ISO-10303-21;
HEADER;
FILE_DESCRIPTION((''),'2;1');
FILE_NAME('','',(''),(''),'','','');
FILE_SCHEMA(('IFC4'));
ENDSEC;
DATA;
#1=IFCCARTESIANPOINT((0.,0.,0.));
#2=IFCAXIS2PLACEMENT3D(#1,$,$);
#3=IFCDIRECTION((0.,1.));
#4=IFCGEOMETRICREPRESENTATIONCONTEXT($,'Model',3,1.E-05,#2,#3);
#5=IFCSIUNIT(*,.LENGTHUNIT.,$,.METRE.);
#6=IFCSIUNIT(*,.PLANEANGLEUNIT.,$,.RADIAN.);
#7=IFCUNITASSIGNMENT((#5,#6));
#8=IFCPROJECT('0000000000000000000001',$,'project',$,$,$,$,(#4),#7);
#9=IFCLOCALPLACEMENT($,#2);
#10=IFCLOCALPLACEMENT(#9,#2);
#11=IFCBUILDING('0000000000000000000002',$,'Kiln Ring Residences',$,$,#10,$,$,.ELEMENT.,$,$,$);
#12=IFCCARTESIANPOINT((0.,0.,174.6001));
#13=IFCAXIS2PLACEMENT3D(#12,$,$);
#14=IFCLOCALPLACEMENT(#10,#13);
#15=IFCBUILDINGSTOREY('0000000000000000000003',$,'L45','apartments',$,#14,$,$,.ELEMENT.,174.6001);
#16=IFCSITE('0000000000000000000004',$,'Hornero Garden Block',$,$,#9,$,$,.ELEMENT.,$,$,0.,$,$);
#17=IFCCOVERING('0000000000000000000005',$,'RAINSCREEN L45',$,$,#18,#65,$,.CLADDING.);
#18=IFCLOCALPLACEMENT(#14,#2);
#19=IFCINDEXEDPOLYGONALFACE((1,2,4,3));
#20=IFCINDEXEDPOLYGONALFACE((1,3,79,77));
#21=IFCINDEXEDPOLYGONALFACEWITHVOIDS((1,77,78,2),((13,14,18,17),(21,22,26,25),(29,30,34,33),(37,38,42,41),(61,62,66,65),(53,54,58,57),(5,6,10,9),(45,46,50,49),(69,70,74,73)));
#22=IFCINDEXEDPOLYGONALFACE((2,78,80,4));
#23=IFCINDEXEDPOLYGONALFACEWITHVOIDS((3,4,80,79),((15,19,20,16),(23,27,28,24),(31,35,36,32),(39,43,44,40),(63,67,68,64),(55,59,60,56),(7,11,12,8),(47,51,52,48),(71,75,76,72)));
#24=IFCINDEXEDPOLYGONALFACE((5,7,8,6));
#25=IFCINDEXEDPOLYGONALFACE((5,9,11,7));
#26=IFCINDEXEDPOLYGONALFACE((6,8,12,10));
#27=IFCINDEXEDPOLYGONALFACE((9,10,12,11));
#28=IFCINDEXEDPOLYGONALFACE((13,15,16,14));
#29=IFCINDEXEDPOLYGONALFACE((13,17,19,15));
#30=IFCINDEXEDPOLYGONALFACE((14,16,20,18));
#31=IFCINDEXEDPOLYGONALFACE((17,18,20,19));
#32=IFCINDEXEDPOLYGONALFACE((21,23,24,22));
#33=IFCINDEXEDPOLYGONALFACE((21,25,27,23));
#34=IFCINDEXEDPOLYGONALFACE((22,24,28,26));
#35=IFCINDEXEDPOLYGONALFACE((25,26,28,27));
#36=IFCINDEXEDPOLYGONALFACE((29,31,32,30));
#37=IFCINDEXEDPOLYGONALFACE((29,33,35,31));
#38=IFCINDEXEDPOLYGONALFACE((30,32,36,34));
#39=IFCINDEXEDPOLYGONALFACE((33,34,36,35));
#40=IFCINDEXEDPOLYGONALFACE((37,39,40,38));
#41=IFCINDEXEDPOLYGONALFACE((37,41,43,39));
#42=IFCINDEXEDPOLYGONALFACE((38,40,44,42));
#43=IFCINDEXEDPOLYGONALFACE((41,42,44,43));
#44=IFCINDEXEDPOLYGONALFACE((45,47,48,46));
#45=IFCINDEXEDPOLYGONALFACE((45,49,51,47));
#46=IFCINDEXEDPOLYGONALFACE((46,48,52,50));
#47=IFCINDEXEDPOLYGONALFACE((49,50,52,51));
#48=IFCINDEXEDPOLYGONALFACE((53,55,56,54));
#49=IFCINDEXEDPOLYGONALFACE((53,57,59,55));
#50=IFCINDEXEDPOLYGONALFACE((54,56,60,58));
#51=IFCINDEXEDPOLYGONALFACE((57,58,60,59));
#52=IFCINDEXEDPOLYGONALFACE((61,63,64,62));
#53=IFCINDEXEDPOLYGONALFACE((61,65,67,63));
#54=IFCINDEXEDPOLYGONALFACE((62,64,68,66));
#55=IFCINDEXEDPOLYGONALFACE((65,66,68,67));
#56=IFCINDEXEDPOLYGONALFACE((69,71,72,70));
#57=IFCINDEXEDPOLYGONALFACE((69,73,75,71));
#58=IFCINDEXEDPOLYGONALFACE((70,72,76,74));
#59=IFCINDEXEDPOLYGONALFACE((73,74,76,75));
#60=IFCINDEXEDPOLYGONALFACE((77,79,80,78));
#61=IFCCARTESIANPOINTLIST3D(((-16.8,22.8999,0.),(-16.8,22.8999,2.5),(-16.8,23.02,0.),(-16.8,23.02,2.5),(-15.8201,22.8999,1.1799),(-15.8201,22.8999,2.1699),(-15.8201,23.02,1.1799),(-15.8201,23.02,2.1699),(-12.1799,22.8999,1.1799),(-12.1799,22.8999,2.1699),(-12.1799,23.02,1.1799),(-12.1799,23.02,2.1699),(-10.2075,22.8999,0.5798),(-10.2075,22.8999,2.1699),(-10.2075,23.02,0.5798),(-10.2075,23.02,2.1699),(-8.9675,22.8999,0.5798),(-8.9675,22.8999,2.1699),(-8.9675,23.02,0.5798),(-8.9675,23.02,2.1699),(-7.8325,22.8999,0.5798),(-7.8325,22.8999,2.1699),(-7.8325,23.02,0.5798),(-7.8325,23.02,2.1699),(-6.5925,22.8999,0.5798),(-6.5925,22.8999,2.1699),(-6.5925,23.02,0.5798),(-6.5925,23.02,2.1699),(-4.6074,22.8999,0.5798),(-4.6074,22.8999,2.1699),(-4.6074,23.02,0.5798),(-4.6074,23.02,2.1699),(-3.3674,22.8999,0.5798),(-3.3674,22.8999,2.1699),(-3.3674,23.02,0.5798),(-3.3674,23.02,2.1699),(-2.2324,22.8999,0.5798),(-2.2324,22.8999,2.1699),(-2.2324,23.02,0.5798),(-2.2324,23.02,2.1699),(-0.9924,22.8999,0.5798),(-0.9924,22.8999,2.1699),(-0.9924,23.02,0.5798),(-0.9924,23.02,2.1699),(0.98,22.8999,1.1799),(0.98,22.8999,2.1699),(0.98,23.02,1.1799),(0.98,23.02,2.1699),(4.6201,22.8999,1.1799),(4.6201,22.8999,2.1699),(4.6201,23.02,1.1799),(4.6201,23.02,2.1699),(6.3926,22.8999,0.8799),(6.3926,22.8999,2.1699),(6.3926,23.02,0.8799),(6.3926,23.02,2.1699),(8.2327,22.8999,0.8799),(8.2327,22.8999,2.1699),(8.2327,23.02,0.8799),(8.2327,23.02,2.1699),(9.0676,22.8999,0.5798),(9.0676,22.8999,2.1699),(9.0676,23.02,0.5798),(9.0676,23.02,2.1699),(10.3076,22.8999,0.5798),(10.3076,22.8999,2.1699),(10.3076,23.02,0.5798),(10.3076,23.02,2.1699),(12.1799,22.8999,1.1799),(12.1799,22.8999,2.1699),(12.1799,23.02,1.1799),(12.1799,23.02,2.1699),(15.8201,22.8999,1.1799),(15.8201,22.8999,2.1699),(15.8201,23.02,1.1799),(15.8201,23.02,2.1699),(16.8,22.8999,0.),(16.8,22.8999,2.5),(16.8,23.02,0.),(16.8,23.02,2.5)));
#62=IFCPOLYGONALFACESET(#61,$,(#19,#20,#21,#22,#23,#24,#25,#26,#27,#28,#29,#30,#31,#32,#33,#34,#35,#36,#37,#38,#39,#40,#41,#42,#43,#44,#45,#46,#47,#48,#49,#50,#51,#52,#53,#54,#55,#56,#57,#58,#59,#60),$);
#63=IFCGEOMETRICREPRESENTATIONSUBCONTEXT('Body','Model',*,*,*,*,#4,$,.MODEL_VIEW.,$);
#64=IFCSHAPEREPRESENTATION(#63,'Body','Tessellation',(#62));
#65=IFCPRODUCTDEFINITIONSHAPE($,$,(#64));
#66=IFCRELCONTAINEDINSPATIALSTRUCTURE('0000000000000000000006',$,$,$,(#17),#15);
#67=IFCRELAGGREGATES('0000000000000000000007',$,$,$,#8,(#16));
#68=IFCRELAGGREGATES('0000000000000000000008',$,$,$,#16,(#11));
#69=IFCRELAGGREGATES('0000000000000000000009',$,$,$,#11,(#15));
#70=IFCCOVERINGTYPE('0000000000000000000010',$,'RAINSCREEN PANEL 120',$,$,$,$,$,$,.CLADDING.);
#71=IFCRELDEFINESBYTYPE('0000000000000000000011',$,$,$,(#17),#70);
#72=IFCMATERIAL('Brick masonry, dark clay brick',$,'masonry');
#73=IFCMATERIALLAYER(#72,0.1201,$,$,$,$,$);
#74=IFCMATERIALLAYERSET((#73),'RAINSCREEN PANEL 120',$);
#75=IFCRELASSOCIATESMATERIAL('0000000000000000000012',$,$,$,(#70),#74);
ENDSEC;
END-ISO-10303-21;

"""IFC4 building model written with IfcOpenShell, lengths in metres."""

from ifc_helpers import new_model, si_unit, direction, frame, origin, place, context, subcontext, project, spatial, polyline, outline, extrude, material, layer, layer_set, type_object, element, save


model = new_model("IFC4")

# Units and contexts
model_context = context("Model", 3, precision=1e-05, world=origin(), true_north=direction((0.0, 1.0)))
body_context = subcontext(model_context, "Body", "Model", "MODEL_VIEW")
ifc_project = project(units=[si_unit("LENGTHUNIT", "METRE"), si_unit("PLANEANGLEUNIT", "RADIAN")], contexts=[model_context])

# Site, building, storey
site_placement = place(None, origin())
site = spatial("IfcSite", under=ifc_project, at=site_placement, Name="Hornero Garden Block", CompositionType="ELEMENT", RefElevation=0.0)
building_placement = place(site_placement, origin())
building = spatial("IfcBuilding", under=site, at=building_placement, Name="Kiln Ring Residences", CompositionType="ELEMENT")
storey_placement = place(building_placement, frame((0.0, 0.0, 174.6001)))
storey = spatial("IfcBuildingStorey", under=building, at=storey_placement, Name="L45", Description="apartments", CompositionType="ELEMENT", Elevation=174.6001)

# Covering
ifc_material_1 = material(Name="Brick masonry, dark clay brick", Category="masonry")
ifc_layer_1 = layer(ifc_material_1, 0.1201)
ifc_layer_set_1 = layer_set([ifc_layer_1], Name="RAINSCREEN PANEL 120")
covering_type = type_object("IfcCoveringType", Name="RAINSCREEN PANEL 120", PredefinedType="CLADDING", material=ifc_layer_set_1)
covering_placement = place(storey_placement, frame((16.8, 22.96, 0.0), z_axis=(0.0, 0.0, 1.0), x_axis=(-1.0, 0.0, 0.0)))
element("IfcCovering", 1, at=covering_placement, inside=storey, type_object=covering_type, Name="RAINSCREEN L45", PredefinedType="CLADDING", context=body_context, shape_type="SweptSolid", body=[
    extrude(outline(polyline([(0.0, 0.0), (33.6001, 0.0), (33.6001, 2.5), (0.0, 2.5), (0.0, 0.0)]), holes=[polyline([(6.4924, 0.5798), (7.7324, 0.5798), (7.7324, 2.1699), (6.4924, 2.1699), (6.4924, 0.5798)]), polyline([(17.7925, 0.5798), (19.0325, 0.5798), (19.0325, 2.1699), (17.7925, 2.1699), (17.7925, 0.5798)]), polyline([(20.1675, 0.5798), (21.4075, 0.5798), (21.4075, 2.1699), (20.1675, 2.1699), (20.1675, 0.5798)]), polyline([(23.3926, 0.5798), (24.6326, 0.5798), (24.6326, 2.1699), (23.3926, 2.1699), (23.3926, 0.5798)]), polyline([(25.7676, 0.5798), (27.0076, 0.5798), (27.0076, 2.1699), (25.7676, 2.1699), (25.7676, 0.5798)]), polyline([(8.5674, 0.8799), (10.4075, 0.8799), (10.4075, 2.1699), (8.5674, 2.1699), (8.5674, 0.8799)]), polyline([(0.98, 1.1799), (4.6201, 1.1799), (4.6201, 2.1699), (0.98, 2.1699), (0.98, 1.1799)]), polyline([(12.1799, 2.1699), (12.1799, 1.1799), (15.8201, 1.1799), (15.8201, 2.1699), (12.1799, 2.1699)]), polyline([(28.98, 2.1699), (28.98, 1.1799), (32.6201, 1.1799), (32.6201, 2.1699), (28.98, 2.1699)])]), frame((0.0, 0.0601, 0.0), z_axis=(0.0, -1.0, 0.0), x_axis=(1.0, 0.0, 0.0)), (0.0, 0.0, 1.0), 0.1201),
])

save(model, "model.ifc")
